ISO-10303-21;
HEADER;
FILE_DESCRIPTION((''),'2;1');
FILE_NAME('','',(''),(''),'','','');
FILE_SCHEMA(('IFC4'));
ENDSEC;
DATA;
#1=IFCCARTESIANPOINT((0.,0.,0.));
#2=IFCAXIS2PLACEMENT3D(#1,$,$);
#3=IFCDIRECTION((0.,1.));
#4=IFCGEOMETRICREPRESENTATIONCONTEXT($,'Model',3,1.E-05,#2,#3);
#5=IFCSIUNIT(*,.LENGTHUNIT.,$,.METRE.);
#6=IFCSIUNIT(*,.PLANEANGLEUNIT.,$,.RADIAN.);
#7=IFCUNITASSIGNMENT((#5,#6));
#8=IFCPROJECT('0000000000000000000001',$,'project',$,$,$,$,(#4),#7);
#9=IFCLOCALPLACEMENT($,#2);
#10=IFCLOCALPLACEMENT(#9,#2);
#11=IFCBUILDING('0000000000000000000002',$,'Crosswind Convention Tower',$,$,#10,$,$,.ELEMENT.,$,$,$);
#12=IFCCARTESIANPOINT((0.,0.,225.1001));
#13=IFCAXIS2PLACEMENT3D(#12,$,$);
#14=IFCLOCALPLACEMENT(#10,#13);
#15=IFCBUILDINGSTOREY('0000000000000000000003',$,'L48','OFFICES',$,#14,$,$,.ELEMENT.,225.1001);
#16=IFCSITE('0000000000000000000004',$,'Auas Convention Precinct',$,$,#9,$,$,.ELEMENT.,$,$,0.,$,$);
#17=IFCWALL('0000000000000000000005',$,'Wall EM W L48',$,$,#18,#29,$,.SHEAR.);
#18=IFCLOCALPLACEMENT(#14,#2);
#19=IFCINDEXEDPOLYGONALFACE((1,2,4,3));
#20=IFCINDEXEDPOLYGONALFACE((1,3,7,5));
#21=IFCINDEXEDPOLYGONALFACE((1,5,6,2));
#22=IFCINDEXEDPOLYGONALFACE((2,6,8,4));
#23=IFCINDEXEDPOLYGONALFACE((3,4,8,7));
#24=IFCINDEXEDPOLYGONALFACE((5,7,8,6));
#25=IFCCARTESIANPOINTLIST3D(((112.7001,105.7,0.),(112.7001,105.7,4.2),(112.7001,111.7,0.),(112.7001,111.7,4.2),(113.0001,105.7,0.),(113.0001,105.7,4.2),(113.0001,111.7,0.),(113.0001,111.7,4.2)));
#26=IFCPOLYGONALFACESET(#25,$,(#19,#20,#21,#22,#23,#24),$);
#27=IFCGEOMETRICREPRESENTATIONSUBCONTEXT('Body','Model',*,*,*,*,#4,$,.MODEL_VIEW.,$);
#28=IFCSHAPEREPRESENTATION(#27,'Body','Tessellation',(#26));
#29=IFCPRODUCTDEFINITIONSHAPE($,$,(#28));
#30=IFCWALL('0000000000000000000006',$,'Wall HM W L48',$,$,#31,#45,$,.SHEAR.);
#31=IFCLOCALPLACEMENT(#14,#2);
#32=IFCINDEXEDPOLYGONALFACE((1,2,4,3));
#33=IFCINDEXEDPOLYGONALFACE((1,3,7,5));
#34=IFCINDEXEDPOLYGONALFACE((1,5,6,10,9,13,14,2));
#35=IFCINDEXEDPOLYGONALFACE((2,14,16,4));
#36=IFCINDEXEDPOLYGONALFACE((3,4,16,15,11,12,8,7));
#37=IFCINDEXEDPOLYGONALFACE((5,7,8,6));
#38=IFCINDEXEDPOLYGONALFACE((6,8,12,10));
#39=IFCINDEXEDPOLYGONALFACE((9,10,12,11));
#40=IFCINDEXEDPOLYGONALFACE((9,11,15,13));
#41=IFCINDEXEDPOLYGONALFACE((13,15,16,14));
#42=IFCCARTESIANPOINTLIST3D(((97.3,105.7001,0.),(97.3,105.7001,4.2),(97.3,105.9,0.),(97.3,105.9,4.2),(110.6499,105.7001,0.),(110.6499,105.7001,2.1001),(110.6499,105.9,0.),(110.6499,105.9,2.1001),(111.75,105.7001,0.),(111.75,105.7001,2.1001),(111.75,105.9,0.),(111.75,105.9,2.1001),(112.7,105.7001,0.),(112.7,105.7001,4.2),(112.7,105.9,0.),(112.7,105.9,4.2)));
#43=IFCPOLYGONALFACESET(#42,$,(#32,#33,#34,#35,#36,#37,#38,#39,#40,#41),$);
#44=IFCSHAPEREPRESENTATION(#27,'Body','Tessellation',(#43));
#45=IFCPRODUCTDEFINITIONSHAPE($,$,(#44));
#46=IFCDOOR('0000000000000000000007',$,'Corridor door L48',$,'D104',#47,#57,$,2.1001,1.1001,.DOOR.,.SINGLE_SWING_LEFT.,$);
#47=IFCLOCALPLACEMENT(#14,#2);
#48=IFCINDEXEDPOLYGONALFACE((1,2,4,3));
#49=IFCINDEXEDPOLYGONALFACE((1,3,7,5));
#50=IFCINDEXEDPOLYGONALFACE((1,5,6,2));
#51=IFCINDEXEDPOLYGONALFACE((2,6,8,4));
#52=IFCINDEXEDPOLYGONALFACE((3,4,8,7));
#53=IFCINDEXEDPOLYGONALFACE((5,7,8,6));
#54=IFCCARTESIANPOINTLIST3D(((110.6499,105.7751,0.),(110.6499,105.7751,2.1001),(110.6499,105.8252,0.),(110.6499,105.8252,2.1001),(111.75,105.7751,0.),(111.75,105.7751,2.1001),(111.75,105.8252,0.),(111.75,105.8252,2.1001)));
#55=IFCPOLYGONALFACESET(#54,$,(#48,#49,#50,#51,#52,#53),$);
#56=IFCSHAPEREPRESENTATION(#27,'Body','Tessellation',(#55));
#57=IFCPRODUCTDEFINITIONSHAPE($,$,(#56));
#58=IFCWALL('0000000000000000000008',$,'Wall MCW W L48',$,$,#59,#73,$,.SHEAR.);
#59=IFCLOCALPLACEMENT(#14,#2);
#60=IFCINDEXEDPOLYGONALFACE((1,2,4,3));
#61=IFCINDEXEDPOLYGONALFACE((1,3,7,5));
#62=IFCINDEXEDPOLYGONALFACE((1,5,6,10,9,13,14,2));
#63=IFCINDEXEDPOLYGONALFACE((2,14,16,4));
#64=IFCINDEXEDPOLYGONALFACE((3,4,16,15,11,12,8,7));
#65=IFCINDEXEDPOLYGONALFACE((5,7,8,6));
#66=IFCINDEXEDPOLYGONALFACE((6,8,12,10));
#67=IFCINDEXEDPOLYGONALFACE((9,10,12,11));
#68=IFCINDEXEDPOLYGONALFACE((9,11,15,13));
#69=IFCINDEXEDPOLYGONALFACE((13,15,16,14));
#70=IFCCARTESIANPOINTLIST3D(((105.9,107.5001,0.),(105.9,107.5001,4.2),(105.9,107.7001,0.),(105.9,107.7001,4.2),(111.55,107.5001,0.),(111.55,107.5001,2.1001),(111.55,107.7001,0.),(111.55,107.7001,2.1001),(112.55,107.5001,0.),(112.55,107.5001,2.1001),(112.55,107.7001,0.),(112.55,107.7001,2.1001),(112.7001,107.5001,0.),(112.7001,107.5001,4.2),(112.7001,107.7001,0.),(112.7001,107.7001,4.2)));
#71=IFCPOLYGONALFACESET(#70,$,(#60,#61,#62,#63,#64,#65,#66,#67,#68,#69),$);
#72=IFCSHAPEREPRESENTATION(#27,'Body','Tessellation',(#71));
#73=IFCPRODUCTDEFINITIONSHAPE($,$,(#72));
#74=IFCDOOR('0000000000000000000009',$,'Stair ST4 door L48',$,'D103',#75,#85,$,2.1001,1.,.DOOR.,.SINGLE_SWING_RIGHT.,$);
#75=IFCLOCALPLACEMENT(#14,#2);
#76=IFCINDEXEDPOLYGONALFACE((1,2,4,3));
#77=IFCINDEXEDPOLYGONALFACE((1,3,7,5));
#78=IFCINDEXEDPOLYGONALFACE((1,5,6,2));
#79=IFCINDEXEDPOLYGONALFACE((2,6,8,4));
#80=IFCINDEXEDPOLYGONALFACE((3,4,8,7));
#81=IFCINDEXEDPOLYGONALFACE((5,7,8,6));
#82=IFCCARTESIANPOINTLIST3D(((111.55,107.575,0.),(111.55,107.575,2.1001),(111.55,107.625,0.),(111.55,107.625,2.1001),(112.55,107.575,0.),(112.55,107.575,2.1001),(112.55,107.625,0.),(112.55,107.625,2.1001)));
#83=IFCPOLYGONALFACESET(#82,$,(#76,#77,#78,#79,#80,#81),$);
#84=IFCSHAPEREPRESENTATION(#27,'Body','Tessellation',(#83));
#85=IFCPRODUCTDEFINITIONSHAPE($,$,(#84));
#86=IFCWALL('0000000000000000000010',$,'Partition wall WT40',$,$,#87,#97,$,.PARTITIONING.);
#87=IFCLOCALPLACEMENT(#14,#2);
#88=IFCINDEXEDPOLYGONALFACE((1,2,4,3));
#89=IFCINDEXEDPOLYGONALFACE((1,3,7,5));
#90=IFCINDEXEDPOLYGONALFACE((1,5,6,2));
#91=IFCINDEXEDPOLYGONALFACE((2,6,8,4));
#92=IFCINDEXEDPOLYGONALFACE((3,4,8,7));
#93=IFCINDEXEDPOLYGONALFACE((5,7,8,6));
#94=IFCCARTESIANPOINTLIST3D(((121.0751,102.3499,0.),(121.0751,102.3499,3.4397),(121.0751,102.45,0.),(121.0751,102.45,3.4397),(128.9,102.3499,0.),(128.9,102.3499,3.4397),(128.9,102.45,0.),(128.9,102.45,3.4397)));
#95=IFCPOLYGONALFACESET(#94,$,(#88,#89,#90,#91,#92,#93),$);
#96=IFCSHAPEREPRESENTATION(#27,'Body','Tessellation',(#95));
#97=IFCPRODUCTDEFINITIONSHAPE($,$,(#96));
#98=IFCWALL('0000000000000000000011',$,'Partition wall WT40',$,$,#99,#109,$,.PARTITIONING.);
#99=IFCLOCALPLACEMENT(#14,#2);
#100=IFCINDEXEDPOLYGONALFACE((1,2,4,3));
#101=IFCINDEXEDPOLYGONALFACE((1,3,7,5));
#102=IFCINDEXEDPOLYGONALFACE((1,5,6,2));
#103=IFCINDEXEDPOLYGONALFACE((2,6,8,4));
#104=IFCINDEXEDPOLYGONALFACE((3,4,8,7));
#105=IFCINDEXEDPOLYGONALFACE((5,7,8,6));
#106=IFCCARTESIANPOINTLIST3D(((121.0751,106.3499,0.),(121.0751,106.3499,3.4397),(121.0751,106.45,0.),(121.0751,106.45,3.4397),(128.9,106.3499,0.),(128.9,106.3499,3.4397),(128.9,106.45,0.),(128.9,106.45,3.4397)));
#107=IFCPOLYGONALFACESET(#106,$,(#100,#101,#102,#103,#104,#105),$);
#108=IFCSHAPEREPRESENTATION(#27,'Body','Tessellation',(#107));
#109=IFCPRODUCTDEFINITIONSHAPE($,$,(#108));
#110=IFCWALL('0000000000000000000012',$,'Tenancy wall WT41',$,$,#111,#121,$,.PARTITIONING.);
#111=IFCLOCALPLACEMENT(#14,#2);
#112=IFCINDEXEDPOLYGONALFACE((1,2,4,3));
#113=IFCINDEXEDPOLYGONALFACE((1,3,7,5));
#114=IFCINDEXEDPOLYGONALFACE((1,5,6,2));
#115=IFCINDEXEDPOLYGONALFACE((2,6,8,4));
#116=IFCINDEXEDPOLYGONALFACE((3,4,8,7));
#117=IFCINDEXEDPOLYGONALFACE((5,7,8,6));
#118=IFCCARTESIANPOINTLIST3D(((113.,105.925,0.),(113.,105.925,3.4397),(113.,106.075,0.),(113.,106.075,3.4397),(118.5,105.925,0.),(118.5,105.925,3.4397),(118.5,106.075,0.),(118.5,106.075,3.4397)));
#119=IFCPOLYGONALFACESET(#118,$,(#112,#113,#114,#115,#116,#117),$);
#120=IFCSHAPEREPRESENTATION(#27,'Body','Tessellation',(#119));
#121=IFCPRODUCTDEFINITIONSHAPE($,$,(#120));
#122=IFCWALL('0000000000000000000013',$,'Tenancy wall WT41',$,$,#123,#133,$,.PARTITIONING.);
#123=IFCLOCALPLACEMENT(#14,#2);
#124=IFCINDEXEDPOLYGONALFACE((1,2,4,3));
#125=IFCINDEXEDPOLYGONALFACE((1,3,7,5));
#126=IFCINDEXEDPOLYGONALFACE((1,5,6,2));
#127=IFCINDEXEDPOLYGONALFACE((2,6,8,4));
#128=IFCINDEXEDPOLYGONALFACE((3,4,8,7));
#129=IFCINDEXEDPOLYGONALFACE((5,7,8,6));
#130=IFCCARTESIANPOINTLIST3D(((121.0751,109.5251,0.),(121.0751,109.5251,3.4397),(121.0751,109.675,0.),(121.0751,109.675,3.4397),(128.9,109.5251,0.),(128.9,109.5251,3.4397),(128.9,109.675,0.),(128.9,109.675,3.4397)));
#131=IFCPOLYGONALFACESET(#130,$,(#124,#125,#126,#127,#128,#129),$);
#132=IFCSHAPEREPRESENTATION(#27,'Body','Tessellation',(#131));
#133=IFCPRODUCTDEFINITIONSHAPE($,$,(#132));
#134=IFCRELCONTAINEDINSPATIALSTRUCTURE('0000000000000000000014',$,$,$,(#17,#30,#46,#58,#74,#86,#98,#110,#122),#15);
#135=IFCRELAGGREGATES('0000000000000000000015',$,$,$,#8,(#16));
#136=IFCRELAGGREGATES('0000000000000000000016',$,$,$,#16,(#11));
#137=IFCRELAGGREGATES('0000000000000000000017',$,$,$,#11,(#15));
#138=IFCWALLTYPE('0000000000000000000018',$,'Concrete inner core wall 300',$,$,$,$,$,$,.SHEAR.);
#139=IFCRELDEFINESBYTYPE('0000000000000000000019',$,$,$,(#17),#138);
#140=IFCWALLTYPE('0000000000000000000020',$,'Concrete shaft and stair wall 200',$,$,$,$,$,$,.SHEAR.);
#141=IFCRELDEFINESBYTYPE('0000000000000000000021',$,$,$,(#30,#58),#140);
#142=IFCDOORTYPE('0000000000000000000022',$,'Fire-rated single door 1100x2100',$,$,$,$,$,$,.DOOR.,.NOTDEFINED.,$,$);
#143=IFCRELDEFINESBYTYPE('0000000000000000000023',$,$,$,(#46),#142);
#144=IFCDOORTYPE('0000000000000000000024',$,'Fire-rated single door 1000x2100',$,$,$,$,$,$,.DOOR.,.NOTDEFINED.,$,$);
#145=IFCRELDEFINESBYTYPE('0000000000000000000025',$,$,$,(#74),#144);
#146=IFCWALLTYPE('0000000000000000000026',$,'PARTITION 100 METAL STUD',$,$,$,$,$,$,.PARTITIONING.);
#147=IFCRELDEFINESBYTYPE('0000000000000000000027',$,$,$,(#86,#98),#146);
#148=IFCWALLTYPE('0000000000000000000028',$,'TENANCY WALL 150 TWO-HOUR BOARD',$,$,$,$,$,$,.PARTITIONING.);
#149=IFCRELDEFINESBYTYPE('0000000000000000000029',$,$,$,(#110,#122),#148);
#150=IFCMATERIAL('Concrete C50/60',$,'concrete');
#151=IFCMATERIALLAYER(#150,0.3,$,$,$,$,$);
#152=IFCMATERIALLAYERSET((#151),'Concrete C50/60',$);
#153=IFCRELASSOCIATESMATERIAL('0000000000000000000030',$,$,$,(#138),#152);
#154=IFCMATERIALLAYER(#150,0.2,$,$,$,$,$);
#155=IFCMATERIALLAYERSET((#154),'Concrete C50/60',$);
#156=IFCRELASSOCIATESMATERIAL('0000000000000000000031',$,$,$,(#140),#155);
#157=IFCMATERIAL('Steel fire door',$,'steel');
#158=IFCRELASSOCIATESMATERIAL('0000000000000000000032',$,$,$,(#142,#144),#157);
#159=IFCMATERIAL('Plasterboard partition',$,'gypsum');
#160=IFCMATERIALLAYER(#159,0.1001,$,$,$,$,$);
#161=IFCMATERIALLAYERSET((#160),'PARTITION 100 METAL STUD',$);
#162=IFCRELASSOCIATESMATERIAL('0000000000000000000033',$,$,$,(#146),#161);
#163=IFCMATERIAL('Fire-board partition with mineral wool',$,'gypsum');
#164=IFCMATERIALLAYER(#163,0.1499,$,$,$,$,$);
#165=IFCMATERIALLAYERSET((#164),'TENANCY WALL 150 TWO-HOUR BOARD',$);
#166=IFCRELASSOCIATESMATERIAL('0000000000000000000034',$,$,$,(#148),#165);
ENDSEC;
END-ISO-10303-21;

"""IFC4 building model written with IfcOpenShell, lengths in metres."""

from ifc_helpers import new_model, si_unit, direction, frame, frame_2d, origin, place, context, subcontext, project, spatial, rectangle, extrude, material, layer, layer_set, type_object, element, fill, save


model = new_model("IFC4")

# Units and contexts
model_context = context("Model", 3, precision=1e-05, world=origin(), true_north=direction((0.0, 1.0)))
body_context = subcontext(model_context, "Body", "Model", "MODEL_VIEW")
ifc_project = project(units=[si_unit("LENGTHUNIT", "METRE"), si_unit("PLANEANGLEUNIT", "RADIAN")], contexts=[model_context])

# Site, building, storey
site_placement = place(None, origin())
site = spatial("IfcSite", under=ifc_project, at=site_placement, Name="Auas Convention Precinct", CompositionType="ELEMENT", RefElevation=0.0)
building_placement = place(site_placement, origin())
building = spatial("IfcBuilding", under=site, at=building_placement, Name="Crosswind Convention Tower", CompositionType="ELEMENT")
storey_placement = place(building_placement, frame((0.0, 0.0, 225.1001)))
storey = spatial("IfcBuildingStorey", under=building, at=storey_placement, Name="L48", Description="OFFICES", CompositionType="ELEMENT", Elevation=225.1001)

# Shared definitions
ifc_material_1 = material(Name="Steel fire door", Category="steel")

# Shared definitions
ifc_material_2 = material(Name="Concrete C50/60", Category="concrete")
ifc_layer_1 = layer(ifc_material_2, 0.3)
ifc_layer_set_1 = layer_set([ifc_layer_1], Name="Concrete C50/60")
wall_type_1 = type_object("IfcWallType", Name="Concrete inner core wall 300", PredefinedType="SHEAR", material=ifc_layer_set_1)

# Wall
wall_1_placement = place(storey_placement, frame((112.8501, 111.7, 0.0), z_axis=(0.0, 0.0, 1.0), x_axis=(0.0, -1.0, 0.0)))
element("IfcWall", 1, at=wall_1_placement, inside=storey, type_object=wall_type_1, Name="Wall EM W L48", PredefinedType="SHEAR", context=body_context, shape_type="SweptSolid", body=[
    extrude(rectangle(XDim=6.0, YDim=0.3, at=frame_2d((3.0, 0.0))), origin(), (0.0, 0.0, 1.0), 4.2),
])

# Walls, openings, doors
ifc_layer_2 = layer(ifc_material_2, 0.2)
ifc_layer_set_2 = layer_set([ifc_layer_2], Name="Concrete C50/60")
wall_type_2 = type_object("IfcWallType", Name="Concrete shaft and stair wall 200", PredefinedType="SHEAR", material=ifc_layer_set_2)
wall_2_placement = place(storey_placement, frame((112.7, 105.8, 0.0), z_axis=(0.0, 0.0, 1.0), x_axis=(-1.0, 0.0, 0.0)))
wall_2 = element("IfcWall", 2, at=wall_2_placement, inside=storey, type_object=wall_type_2, Name="Wall HM W L48", PredefinedType="SHEAR", context=body_context, shape_type="SweptSolid", body=[
    extrude(rectangle(XDim=15.3999, YDim=0.2, at=frame_2d((7.7, 0.0))), origin(), (0.0, 0.0, 1.0), 4.2),
])
opening_1_placement = place(wall_2_placement, frame((0.95, 0.0, 0.0)))
opening_1 = element("IfcOpeningElement", 3, at=opening_1_placement, cuts=wall_2, PredefinedType="OPENING", context=body_context, shape_type="SweptSolid", body=[
    extrude(rectangle(XDim=1.1001, YDim=2.1001, at=frame_2d((0.55, 1.05))), frame((0.0, 0.1099, 0.0), z_axis=(0.0, -1.0, 0.0), x_axis=(1.0, 0.0, 0.0)), (0.0, 0.0, 1.0), 0.22),
])
door_type_1 = type_object("IfcDoorType", Name="Fire-rated single door 1100x2100", OperationType="NOTDEFINED", PredefinedType="DOOR", material=ifc_material_1)
door_1_placement = place(opening_1_placement, origin())
door_1 = element("IfcDoor", 4, at=door_1_placement, inside=storey, type_object=door_type_1, Name="Corridor door L48", ObjectType="D104", OperationType="SINGLE_SWING_LEFT", OverallHeight=2.1001, OverallWidth=1.1001, PredefinedType="DOOR", context=body_context, shape_type="SweptSolid", body=[
    extrude(rectangle(XDim=1.1001, YDim=2.1001, at=frame_2d((0.55, 1.05))), frame((0.0, 0.0249, 0.0), z_axis=(0.0, -1.0, 0.0), x_axis=(1.0, 0.0, 0.0)), (0.0, 0.0, 1.0), 0.05),
])
fill(opening_1, door_1)
wall_3_placement = place(storey_placement, frame((112.7, 107.6001, 0.0), z_axis=(0.0, 0.0, 1.0), x_axis=(-1.0, 0.0, 0.0)))
wall_3 = element("IfcWall", 5, at=wall_3_placement, inside=storey, type_object=wall_type_2, Name="Wall MCW W L48", PredefinedType="SHEAR", context=body_context, shape_type="SweptSolid", body=[
    extrude(rectangle(XDim=6.8, YDim=0.2, at=frame_2d((3.3999, 0.0))), origin(), (0.0, 0.0, 1.0), 4.2),
])
opening_2_placement = place(wall_3_placement, frame((0.1499, 0.0, 0.0)))
opening_2 = element("IfcOpeningElement", 6, at=opening_2_placement, cuts=wall_3, PredefinedType="OPENING", context=body_context, shape_type="SweptSolid", body=[
    extrude(rectangle(XDim=1.0, YDim=2.1001, at=frame_2d((0.5, 1.05))), frame((0.0, 0.1099, 0.0), z_axis=(0.0, -1.0, 0.0), x_axis=(1.0, 0.0, 0.0)), (0.0, 0.0, 1.0), 0.22),
])
door_type_2 = type_object("IfcDoorType", Name="Fire-rated single door 1000x2100", OperationType="NOTDEFINED", PredefinedType="DOOR", material=ifc_material_1)
door_2_placement = place(opening_2_placement, frame((1.0, 0.0, 0.0), z_axis=(0.0, 0.0, 1.0), x_axis=(-1.0, 0.0, 0.0)))
door_2 = element("IfcDoor", 7, at=door_2_placement, inside=storey, type_object=door_type_2, Name="Stair ST4 door L48", ObjectType="D103", OperationType="SINGLE_SWING_RIGHT", OverallHeight=2.1001, OverallWidth=1.0, PredefinedType="DOOR", context=body_context, shape_type="SweptSolid", body=[
    extrude(rectangle(XDim=1.0, YDim=2.1001, at=frame_2d((0.5, 1.05))), frame((0.0, 0.0249, 0.0), z_axis=(0.0, -1.0, 0.0), x_axis=(1.0, 0.0, 0.0)), (0.0, 0.0, 1.0), 0.05),
])
fill(opening_2, door_2)

# Walls
ifc_material_3 = material(Name="Plasterboard partition", Category="gypsum")
ifc_layer_3 = layer(ifc_material_3, 0.1001)
ifc_layer_set_3 = layer_set([ifc_layer_3], Name="PARTITION 100 METAL STUD")
wall_type_3 = type_object("IfcWallType", Name="PARTITION 100 METAL STUD", PredefinedType="PARTITIONING", material=ifc_layer_set_3)
for number, where, z_axis, x_axis, name in (
    (8, (121.075, 102.3999, 0.0), (0.0, 0.0, 1.0), (1.0, 0.0, 0.0), "Partition wall WT40"),
    (9, (121.075, 106.3999, 0.0), (0.0, 0.0, 1.0), (1.0, 0.0, 0.0), "Partition wall WT40"),
):
    element("IfcWall", number, at=place(storey_placement, frame(where, z_axis=z_axis, x_axis=x_axis)), inside=storey, type_object=wall_type_3, Name=name, PredefinedType="PARTITIONING", context=body_context, shape_type="SweptSolid", body=[
        extrude(rectangle(XDim=7.825, YDim=0.1001, at=frame_2d((3.9126, 0.0))), origin(), (0.0, 0.0, 1.0), 3.4397),
    ])
ifc_material_4 = material(Name="Fire-board partition with mineral wool", Category="gypsum")
ifc_layer_4 = layer(ifc_material_4, 0.1499)
ifc_layer_set_4 = layer_set([ifc_layer_4], Name="TENANCY WALL 150 TWO-HOUR BOARD")
wall_type_4 = type_object("IfcWallType", Name="TENANCY WALL 150 TWO-HOUR BOARD", PredefinedType="PARTITIONING", material=ifc_layer_set_4)
wall_4_placement = place(storey_placement, frame((113.0, 106.0, 0.0), z_axis=(0.0, 0.0, 1.0), x_axis=(1.0, 0.0, 0.0)))
element("IfcWall", 10, at=wall_4_placement, inside=storey, type_object=wall_type_4, Name="Tenancy wall WT41", PredefinedType="PARTITIONING", context=body_context, shape_type="SweptSolid", body=[
    extrude(rectangle(XDim=5.5, YDim=0.1499, at=frame_2d((2.75, 0.0))), origin(), (0.0, 0.0, 1.0), 3.4397),
])
wall_5_placement = place(storey_placement, frame((121.075, 109.6001, 0.0), z_axis=(0.0, 0.0, 1.0), x_axis=(1.0, 0.0, 0.0)))
element("IfcWall", 11, at=wall_5_placement, inside=storey, type_object=wall_type_4, Name="Tenancy wall WT41", PredefinedType="PARTITIONING", context=body_context, shape_type="SweptSolid", body=[
    extrude(rectangle(XDim=7.825, YDim=0.1499, at=frame_2d((3.9126, 0.0))), origin(), (0.0, 0.0, 1.0), 3.4397),
])

save(model, "model.ifc")
